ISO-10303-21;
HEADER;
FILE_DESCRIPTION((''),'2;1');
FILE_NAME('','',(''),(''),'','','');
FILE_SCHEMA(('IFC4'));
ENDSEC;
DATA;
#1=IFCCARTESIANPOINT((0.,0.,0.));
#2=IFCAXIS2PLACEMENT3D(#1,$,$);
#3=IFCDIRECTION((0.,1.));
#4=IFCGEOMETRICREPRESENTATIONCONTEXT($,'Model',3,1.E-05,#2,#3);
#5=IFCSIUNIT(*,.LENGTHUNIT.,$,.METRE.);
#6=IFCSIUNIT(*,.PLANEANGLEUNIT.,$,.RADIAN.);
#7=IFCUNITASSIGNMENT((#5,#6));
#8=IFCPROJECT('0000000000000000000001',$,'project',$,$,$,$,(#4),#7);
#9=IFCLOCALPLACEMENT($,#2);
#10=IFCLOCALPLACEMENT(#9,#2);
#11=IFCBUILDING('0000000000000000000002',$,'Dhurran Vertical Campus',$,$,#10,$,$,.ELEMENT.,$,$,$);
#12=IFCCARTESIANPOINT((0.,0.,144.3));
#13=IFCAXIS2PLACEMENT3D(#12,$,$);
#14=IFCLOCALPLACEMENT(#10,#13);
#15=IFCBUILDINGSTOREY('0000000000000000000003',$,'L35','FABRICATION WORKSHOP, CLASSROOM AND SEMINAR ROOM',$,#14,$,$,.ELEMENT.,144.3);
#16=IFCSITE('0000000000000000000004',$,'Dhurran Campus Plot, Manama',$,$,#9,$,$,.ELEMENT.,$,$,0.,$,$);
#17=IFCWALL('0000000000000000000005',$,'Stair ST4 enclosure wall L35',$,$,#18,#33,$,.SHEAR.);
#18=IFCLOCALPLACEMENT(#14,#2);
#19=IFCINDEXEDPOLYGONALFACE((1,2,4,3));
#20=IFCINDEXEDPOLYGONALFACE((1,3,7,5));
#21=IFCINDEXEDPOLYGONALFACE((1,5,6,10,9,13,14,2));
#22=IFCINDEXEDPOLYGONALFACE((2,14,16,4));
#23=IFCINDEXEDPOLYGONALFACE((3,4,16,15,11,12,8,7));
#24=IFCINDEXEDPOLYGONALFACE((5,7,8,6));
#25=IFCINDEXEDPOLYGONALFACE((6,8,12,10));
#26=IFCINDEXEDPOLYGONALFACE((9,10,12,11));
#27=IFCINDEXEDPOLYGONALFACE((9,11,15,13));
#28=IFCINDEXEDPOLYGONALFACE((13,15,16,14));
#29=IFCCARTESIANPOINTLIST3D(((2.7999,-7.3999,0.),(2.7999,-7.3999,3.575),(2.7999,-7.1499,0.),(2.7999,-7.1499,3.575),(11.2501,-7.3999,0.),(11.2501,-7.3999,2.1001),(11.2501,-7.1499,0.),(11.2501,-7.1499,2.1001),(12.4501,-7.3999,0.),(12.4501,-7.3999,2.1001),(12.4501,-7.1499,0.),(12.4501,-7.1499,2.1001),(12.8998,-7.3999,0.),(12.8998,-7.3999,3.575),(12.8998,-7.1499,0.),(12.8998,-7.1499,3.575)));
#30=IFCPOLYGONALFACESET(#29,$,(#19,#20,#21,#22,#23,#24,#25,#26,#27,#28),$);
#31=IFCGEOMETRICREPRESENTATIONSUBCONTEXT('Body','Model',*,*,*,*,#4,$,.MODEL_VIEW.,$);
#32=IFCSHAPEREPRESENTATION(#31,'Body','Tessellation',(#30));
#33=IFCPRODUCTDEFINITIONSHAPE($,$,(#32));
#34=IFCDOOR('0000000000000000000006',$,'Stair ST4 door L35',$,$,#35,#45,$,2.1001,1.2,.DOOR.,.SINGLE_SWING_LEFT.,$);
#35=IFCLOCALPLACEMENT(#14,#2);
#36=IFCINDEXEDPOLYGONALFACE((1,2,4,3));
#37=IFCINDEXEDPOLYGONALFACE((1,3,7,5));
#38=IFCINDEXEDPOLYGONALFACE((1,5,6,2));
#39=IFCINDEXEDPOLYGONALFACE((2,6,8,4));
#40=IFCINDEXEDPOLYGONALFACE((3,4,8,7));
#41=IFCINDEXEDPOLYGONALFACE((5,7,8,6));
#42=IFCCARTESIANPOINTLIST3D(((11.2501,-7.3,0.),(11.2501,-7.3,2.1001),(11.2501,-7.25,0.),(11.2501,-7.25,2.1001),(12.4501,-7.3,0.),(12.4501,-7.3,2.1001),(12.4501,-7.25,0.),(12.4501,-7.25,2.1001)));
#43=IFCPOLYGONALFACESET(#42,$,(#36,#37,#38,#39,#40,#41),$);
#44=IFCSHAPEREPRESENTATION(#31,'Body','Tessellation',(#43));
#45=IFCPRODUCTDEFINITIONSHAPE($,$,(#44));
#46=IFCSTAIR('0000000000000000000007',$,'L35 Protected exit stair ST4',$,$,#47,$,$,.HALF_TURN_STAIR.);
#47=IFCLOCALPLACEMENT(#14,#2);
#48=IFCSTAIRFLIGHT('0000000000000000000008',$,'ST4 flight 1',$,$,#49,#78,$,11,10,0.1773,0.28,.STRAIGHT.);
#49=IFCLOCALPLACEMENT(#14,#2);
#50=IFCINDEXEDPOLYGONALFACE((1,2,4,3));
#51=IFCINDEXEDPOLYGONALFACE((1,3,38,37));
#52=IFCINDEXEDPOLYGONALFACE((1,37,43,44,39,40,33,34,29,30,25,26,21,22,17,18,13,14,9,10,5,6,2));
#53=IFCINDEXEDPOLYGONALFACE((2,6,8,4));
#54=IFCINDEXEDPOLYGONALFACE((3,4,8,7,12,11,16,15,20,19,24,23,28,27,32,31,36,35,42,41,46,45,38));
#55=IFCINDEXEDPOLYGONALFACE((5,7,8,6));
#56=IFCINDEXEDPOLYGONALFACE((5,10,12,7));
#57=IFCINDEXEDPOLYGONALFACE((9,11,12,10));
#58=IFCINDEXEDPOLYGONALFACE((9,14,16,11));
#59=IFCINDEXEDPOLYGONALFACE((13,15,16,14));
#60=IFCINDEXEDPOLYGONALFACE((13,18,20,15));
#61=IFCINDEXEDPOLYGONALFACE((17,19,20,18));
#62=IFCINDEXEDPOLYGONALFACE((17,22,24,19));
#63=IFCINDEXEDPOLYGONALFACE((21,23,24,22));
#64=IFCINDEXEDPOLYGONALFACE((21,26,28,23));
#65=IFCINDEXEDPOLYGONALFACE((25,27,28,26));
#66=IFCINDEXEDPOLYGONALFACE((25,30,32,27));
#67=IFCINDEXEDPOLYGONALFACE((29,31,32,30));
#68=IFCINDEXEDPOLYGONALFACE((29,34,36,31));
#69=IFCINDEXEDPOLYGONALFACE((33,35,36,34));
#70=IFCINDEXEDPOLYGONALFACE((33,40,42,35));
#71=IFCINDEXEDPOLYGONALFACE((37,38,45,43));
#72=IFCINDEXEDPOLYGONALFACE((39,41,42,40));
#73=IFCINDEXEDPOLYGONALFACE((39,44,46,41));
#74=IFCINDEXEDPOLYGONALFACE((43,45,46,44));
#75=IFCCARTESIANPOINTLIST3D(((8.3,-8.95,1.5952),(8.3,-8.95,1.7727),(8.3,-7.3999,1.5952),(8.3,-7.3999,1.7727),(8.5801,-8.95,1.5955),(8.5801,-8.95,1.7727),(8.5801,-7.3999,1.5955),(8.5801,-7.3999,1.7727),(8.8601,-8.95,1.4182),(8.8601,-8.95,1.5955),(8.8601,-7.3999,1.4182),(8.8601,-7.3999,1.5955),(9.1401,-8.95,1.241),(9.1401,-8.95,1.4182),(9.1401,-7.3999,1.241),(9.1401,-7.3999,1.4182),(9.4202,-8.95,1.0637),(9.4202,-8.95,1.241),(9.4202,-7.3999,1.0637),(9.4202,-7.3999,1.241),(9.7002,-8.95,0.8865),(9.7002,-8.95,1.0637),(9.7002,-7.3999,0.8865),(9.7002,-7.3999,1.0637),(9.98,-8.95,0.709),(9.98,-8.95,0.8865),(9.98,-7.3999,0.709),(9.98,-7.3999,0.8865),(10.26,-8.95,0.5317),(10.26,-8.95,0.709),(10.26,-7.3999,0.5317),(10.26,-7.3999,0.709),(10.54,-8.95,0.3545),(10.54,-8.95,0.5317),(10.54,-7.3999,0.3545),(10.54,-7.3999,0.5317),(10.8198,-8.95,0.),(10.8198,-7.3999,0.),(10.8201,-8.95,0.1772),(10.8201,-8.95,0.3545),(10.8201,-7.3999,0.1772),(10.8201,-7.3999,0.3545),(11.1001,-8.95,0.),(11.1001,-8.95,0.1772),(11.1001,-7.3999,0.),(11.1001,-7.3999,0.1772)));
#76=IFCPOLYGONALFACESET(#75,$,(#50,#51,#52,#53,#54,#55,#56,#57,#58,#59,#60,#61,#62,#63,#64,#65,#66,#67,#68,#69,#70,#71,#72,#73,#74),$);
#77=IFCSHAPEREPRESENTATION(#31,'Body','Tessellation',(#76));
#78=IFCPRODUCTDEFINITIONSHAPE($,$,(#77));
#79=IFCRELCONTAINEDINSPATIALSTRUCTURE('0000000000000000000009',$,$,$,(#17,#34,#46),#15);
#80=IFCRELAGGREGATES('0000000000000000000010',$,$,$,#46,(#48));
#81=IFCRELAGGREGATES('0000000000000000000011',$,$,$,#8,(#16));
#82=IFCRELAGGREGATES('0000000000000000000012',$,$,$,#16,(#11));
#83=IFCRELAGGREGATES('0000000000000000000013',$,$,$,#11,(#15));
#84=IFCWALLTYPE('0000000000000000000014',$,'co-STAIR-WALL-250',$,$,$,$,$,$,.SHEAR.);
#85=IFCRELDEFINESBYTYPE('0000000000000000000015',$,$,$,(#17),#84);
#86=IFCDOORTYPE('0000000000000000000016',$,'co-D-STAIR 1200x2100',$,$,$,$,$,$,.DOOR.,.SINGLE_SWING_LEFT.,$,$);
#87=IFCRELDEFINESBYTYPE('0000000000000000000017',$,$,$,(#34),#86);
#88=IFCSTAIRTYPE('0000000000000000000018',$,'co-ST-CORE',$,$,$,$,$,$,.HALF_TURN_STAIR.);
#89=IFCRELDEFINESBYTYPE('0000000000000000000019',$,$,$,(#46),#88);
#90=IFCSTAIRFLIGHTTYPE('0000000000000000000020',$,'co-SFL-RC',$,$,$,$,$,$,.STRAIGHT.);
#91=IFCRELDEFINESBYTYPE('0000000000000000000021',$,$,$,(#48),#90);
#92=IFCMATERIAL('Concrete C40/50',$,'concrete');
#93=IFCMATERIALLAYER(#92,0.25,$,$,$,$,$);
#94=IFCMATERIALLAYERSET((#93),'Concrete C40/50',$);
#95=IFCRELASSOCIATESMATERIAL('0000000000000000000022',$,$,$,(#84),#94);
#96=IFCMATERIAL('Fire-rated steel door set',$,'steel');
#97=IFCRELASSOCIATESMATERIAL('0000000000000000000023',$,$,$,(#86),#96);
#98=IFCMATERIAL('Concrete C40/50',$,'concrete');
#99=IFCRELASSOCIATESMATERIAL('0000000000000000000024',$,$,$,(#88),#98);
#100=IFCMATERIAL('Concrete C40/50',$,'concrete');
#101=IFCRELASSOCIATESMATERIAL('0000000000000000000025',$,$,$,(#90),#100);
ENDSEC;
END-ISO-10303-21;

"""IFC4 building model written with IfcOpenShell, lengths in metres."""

from ifc_helpers import new_model, si_unit, direction, frame, frame_2d, origin, place, context, subcontext, project, spatial, polyline, rectangle, outline, extrude, material, layer, layer_set, type_object, element, fill, aggregate, save


model = new_model("IFC4")

# Units and contexts
model_context = context("Model", 3, precision=1e-05, world=origin(), true_north=direction((0.0, 1.0)))
body_context = subcontext(model_context, "Body", "Model", "MODEL_VIEW")
ifc_project = project(units=[si_unit("LENGTHUNIT", "METRE"), si_unit("PLANEANGLEUNIT", "RADIAN")], contexts=[model_context])

# Site, building, storey
site_placement = place(None, origin())
site = spatial("IfcSite", under=ifc_project, at=site_placement, Name="Dhurran Campus Plot, Manama", CompositionType="ELEMENT", RefElevation=0.0)
building_placement = place(site_placement, origin())
building = spatial("IfcBuilding", under=site, at=building_placement, Name="Dhurran Vertical Campus", CompositionType="ELEMENT")
storey_placement = place(building_placement, frame((0.0, 0.0, 144.3)))
storey = spatial("IfcBuildingStorey", under=building, at=storey_placement, Name="L35", Description="FABRICATION WORKSHOP, CLASSROOM AND SEMINAR ROOM", CompositionType="ELEMENT", Elevation=144.3)

# Wall, opening, door
ifc_material_1 = material(Name="Concrete C40/50", Category="concrete")
ifc_layer_1 = layer(ifc_material_1, 0.25)
ifc_layer_set_1 = layer_set([ifc_layer_1], Name="Concrete C40/50")
wall_type_1 = type_object("IfcWallType", Name="co-STAIR-WALL-250", PredefinedType="SHEAR", material=ifc_layer_set_1)
wall_1_placement = place(storey_placement, frame((2.8, -7.2749, 0.0), z_axis=(0.0, 0.0, 1.0), x_axis=(1.0, 0.0, 0.0)))
wall_1 = element("IfcWall", 1, at=wall_1_placement, inside=storey, type_object=wall_type_1, Name="Stair ST4 enclosure wall L35", PredefinedType="SHEAR", context=body_context, shape_type="SweptSolid", body=[
    extrude(rectangle(XDim=10.0999, YDim=0.25, at=frame_2d((5.0498, 0.0))), origin(), (0.0, 0.0, 1.0), 3.575),
])
opening_1_placement = place(wall_1_placement, frame((8.45, 0.0, 0.0)))
opening_1 = element("IfcOpeningElement", 2, at=opening_1_placement, cuts=wall_1, PredefinedType="OPENING", context=body_context, shape_type="SweptSolid", body=[
    extrude(rectangle(XDim=1.2, YDim=2.1001, at=frame_2d((0.6001, 1.05))), frame((0.0, 0.135, 0.0), z_axis=(0.0, -1.0, 0.0), x_axis=(1.0, 0.0, 0.0)), (0.0, 0.0, 1.0), 0.27),
])
ifc_material_2 = material(Name="Fire-rated steel door set", Category="steel")
door_type_1 = type_object("IfcDoorType", Name="co-D-STAIR 1200x2100", OperationType="SINGLE_SWING_LEFT", PredefinedType="DOOR", material=ifc_material_2)
door_1_placement = place(opening_1_placement, origin())
door_1 = element("IfcDoor", 3, at=door_1_placement, inside=storey, type_object=door_type_1, Name="Stair ST4 door L35", OperationType="SINGLE_SWING_LEFT", OverallHeight=2.1001, OverallWidth=1.2, PredefinedType="DOOR", context=body_context, shape_type="SweptSolid", body=[
    extrude(rectangle(XDim=1.2, YDim=2.1001, at=frame_2d((0.6001, 1.05))), frame((0.0, 0.0249, 0.0), z_axis=(0.0, -1.0, 0.0), x_axis=(1.0, 0.0, 0.0)), (0.0, 0.0, 1.0), 0.05),
])
fill(opening_1, door_1)

# Stair, stair flight
ifc_material_3 = material(Name="Concrete C40/50", Category="concrete")
stair_type = type_object("IfcStairType", Name="co-ST-CORE", PredefinedType="HALF_TURN_STAIR", material=ifc_material_3)
stair_placement = place(storey_placement, origin())
stair = element("IfcStair", 4, at=stair_placement, inside=storey, type_object=stair_type, Name="L35 Protected exit stair ST4", PredefinedType="HALF_TURN_STAIR")
ifc_material_4 = material(Name="Concrete C40/50", Category="concrete")
stair_flight_type = type_object("IfcStairFlightType", Name="co-SFL-RC", PredefinedType="STRAIGHT", material=ifc_material_4)
stair_flight_placement = place(storey_placement, frame((11.1001, -8.175, 0.0), z_axis=(0.0, 0.0, 1.0), x_axis=(-1.0, 0.0, 0.0)))
stair_flight = element("IfcStairFlight", 5, at=stair_flight_placement, type_object=stair_flight_type, Name="ST4 flight 1", NumberOfRisers=11, NumberOfTreads=10, PredefinedType="STRAIGHT", RiserHeight=0.1773, TreadLength=0.28, context=body_context, shape_type="SweptSolid", body=[
    extrude(outline(polyline([(0.0, 0.0), (0.0, 0.1772), (0.28, 0.1772), (0.28, 0.3545), (0.5601, 0.3545), (0.5601, 0.5317), (0.8401, 0.5317), (0.8401, 0.709), (1.1201, 0.709), (1.1201, 0.8865), (1.3999, 0.8865), (1.3999, 1.0637), (1.6799, 1.0637), (1.6799, 1.241), (1.96, 1.241), (1.96, 1.4182), (2.24, 1.4182), (2.24, 1.5955), (2.52, 1.5955), (2.52, 1.7727), (2.8, 1.7727), (2.8, 1.95), (2.8, 1.5952), (0.2803, 0.0), (0.0, 0.0)])), frame((0.0, 0.7749, 0.0), z_axis=(0.0, -1.0, 0.0), x_axis=(1.0, 0.0, 0.0)), (0.0, 0.0, 1.0), 1.55),
])
aggregate(stair, [stair_flight])

save(model, "model.ifc")
